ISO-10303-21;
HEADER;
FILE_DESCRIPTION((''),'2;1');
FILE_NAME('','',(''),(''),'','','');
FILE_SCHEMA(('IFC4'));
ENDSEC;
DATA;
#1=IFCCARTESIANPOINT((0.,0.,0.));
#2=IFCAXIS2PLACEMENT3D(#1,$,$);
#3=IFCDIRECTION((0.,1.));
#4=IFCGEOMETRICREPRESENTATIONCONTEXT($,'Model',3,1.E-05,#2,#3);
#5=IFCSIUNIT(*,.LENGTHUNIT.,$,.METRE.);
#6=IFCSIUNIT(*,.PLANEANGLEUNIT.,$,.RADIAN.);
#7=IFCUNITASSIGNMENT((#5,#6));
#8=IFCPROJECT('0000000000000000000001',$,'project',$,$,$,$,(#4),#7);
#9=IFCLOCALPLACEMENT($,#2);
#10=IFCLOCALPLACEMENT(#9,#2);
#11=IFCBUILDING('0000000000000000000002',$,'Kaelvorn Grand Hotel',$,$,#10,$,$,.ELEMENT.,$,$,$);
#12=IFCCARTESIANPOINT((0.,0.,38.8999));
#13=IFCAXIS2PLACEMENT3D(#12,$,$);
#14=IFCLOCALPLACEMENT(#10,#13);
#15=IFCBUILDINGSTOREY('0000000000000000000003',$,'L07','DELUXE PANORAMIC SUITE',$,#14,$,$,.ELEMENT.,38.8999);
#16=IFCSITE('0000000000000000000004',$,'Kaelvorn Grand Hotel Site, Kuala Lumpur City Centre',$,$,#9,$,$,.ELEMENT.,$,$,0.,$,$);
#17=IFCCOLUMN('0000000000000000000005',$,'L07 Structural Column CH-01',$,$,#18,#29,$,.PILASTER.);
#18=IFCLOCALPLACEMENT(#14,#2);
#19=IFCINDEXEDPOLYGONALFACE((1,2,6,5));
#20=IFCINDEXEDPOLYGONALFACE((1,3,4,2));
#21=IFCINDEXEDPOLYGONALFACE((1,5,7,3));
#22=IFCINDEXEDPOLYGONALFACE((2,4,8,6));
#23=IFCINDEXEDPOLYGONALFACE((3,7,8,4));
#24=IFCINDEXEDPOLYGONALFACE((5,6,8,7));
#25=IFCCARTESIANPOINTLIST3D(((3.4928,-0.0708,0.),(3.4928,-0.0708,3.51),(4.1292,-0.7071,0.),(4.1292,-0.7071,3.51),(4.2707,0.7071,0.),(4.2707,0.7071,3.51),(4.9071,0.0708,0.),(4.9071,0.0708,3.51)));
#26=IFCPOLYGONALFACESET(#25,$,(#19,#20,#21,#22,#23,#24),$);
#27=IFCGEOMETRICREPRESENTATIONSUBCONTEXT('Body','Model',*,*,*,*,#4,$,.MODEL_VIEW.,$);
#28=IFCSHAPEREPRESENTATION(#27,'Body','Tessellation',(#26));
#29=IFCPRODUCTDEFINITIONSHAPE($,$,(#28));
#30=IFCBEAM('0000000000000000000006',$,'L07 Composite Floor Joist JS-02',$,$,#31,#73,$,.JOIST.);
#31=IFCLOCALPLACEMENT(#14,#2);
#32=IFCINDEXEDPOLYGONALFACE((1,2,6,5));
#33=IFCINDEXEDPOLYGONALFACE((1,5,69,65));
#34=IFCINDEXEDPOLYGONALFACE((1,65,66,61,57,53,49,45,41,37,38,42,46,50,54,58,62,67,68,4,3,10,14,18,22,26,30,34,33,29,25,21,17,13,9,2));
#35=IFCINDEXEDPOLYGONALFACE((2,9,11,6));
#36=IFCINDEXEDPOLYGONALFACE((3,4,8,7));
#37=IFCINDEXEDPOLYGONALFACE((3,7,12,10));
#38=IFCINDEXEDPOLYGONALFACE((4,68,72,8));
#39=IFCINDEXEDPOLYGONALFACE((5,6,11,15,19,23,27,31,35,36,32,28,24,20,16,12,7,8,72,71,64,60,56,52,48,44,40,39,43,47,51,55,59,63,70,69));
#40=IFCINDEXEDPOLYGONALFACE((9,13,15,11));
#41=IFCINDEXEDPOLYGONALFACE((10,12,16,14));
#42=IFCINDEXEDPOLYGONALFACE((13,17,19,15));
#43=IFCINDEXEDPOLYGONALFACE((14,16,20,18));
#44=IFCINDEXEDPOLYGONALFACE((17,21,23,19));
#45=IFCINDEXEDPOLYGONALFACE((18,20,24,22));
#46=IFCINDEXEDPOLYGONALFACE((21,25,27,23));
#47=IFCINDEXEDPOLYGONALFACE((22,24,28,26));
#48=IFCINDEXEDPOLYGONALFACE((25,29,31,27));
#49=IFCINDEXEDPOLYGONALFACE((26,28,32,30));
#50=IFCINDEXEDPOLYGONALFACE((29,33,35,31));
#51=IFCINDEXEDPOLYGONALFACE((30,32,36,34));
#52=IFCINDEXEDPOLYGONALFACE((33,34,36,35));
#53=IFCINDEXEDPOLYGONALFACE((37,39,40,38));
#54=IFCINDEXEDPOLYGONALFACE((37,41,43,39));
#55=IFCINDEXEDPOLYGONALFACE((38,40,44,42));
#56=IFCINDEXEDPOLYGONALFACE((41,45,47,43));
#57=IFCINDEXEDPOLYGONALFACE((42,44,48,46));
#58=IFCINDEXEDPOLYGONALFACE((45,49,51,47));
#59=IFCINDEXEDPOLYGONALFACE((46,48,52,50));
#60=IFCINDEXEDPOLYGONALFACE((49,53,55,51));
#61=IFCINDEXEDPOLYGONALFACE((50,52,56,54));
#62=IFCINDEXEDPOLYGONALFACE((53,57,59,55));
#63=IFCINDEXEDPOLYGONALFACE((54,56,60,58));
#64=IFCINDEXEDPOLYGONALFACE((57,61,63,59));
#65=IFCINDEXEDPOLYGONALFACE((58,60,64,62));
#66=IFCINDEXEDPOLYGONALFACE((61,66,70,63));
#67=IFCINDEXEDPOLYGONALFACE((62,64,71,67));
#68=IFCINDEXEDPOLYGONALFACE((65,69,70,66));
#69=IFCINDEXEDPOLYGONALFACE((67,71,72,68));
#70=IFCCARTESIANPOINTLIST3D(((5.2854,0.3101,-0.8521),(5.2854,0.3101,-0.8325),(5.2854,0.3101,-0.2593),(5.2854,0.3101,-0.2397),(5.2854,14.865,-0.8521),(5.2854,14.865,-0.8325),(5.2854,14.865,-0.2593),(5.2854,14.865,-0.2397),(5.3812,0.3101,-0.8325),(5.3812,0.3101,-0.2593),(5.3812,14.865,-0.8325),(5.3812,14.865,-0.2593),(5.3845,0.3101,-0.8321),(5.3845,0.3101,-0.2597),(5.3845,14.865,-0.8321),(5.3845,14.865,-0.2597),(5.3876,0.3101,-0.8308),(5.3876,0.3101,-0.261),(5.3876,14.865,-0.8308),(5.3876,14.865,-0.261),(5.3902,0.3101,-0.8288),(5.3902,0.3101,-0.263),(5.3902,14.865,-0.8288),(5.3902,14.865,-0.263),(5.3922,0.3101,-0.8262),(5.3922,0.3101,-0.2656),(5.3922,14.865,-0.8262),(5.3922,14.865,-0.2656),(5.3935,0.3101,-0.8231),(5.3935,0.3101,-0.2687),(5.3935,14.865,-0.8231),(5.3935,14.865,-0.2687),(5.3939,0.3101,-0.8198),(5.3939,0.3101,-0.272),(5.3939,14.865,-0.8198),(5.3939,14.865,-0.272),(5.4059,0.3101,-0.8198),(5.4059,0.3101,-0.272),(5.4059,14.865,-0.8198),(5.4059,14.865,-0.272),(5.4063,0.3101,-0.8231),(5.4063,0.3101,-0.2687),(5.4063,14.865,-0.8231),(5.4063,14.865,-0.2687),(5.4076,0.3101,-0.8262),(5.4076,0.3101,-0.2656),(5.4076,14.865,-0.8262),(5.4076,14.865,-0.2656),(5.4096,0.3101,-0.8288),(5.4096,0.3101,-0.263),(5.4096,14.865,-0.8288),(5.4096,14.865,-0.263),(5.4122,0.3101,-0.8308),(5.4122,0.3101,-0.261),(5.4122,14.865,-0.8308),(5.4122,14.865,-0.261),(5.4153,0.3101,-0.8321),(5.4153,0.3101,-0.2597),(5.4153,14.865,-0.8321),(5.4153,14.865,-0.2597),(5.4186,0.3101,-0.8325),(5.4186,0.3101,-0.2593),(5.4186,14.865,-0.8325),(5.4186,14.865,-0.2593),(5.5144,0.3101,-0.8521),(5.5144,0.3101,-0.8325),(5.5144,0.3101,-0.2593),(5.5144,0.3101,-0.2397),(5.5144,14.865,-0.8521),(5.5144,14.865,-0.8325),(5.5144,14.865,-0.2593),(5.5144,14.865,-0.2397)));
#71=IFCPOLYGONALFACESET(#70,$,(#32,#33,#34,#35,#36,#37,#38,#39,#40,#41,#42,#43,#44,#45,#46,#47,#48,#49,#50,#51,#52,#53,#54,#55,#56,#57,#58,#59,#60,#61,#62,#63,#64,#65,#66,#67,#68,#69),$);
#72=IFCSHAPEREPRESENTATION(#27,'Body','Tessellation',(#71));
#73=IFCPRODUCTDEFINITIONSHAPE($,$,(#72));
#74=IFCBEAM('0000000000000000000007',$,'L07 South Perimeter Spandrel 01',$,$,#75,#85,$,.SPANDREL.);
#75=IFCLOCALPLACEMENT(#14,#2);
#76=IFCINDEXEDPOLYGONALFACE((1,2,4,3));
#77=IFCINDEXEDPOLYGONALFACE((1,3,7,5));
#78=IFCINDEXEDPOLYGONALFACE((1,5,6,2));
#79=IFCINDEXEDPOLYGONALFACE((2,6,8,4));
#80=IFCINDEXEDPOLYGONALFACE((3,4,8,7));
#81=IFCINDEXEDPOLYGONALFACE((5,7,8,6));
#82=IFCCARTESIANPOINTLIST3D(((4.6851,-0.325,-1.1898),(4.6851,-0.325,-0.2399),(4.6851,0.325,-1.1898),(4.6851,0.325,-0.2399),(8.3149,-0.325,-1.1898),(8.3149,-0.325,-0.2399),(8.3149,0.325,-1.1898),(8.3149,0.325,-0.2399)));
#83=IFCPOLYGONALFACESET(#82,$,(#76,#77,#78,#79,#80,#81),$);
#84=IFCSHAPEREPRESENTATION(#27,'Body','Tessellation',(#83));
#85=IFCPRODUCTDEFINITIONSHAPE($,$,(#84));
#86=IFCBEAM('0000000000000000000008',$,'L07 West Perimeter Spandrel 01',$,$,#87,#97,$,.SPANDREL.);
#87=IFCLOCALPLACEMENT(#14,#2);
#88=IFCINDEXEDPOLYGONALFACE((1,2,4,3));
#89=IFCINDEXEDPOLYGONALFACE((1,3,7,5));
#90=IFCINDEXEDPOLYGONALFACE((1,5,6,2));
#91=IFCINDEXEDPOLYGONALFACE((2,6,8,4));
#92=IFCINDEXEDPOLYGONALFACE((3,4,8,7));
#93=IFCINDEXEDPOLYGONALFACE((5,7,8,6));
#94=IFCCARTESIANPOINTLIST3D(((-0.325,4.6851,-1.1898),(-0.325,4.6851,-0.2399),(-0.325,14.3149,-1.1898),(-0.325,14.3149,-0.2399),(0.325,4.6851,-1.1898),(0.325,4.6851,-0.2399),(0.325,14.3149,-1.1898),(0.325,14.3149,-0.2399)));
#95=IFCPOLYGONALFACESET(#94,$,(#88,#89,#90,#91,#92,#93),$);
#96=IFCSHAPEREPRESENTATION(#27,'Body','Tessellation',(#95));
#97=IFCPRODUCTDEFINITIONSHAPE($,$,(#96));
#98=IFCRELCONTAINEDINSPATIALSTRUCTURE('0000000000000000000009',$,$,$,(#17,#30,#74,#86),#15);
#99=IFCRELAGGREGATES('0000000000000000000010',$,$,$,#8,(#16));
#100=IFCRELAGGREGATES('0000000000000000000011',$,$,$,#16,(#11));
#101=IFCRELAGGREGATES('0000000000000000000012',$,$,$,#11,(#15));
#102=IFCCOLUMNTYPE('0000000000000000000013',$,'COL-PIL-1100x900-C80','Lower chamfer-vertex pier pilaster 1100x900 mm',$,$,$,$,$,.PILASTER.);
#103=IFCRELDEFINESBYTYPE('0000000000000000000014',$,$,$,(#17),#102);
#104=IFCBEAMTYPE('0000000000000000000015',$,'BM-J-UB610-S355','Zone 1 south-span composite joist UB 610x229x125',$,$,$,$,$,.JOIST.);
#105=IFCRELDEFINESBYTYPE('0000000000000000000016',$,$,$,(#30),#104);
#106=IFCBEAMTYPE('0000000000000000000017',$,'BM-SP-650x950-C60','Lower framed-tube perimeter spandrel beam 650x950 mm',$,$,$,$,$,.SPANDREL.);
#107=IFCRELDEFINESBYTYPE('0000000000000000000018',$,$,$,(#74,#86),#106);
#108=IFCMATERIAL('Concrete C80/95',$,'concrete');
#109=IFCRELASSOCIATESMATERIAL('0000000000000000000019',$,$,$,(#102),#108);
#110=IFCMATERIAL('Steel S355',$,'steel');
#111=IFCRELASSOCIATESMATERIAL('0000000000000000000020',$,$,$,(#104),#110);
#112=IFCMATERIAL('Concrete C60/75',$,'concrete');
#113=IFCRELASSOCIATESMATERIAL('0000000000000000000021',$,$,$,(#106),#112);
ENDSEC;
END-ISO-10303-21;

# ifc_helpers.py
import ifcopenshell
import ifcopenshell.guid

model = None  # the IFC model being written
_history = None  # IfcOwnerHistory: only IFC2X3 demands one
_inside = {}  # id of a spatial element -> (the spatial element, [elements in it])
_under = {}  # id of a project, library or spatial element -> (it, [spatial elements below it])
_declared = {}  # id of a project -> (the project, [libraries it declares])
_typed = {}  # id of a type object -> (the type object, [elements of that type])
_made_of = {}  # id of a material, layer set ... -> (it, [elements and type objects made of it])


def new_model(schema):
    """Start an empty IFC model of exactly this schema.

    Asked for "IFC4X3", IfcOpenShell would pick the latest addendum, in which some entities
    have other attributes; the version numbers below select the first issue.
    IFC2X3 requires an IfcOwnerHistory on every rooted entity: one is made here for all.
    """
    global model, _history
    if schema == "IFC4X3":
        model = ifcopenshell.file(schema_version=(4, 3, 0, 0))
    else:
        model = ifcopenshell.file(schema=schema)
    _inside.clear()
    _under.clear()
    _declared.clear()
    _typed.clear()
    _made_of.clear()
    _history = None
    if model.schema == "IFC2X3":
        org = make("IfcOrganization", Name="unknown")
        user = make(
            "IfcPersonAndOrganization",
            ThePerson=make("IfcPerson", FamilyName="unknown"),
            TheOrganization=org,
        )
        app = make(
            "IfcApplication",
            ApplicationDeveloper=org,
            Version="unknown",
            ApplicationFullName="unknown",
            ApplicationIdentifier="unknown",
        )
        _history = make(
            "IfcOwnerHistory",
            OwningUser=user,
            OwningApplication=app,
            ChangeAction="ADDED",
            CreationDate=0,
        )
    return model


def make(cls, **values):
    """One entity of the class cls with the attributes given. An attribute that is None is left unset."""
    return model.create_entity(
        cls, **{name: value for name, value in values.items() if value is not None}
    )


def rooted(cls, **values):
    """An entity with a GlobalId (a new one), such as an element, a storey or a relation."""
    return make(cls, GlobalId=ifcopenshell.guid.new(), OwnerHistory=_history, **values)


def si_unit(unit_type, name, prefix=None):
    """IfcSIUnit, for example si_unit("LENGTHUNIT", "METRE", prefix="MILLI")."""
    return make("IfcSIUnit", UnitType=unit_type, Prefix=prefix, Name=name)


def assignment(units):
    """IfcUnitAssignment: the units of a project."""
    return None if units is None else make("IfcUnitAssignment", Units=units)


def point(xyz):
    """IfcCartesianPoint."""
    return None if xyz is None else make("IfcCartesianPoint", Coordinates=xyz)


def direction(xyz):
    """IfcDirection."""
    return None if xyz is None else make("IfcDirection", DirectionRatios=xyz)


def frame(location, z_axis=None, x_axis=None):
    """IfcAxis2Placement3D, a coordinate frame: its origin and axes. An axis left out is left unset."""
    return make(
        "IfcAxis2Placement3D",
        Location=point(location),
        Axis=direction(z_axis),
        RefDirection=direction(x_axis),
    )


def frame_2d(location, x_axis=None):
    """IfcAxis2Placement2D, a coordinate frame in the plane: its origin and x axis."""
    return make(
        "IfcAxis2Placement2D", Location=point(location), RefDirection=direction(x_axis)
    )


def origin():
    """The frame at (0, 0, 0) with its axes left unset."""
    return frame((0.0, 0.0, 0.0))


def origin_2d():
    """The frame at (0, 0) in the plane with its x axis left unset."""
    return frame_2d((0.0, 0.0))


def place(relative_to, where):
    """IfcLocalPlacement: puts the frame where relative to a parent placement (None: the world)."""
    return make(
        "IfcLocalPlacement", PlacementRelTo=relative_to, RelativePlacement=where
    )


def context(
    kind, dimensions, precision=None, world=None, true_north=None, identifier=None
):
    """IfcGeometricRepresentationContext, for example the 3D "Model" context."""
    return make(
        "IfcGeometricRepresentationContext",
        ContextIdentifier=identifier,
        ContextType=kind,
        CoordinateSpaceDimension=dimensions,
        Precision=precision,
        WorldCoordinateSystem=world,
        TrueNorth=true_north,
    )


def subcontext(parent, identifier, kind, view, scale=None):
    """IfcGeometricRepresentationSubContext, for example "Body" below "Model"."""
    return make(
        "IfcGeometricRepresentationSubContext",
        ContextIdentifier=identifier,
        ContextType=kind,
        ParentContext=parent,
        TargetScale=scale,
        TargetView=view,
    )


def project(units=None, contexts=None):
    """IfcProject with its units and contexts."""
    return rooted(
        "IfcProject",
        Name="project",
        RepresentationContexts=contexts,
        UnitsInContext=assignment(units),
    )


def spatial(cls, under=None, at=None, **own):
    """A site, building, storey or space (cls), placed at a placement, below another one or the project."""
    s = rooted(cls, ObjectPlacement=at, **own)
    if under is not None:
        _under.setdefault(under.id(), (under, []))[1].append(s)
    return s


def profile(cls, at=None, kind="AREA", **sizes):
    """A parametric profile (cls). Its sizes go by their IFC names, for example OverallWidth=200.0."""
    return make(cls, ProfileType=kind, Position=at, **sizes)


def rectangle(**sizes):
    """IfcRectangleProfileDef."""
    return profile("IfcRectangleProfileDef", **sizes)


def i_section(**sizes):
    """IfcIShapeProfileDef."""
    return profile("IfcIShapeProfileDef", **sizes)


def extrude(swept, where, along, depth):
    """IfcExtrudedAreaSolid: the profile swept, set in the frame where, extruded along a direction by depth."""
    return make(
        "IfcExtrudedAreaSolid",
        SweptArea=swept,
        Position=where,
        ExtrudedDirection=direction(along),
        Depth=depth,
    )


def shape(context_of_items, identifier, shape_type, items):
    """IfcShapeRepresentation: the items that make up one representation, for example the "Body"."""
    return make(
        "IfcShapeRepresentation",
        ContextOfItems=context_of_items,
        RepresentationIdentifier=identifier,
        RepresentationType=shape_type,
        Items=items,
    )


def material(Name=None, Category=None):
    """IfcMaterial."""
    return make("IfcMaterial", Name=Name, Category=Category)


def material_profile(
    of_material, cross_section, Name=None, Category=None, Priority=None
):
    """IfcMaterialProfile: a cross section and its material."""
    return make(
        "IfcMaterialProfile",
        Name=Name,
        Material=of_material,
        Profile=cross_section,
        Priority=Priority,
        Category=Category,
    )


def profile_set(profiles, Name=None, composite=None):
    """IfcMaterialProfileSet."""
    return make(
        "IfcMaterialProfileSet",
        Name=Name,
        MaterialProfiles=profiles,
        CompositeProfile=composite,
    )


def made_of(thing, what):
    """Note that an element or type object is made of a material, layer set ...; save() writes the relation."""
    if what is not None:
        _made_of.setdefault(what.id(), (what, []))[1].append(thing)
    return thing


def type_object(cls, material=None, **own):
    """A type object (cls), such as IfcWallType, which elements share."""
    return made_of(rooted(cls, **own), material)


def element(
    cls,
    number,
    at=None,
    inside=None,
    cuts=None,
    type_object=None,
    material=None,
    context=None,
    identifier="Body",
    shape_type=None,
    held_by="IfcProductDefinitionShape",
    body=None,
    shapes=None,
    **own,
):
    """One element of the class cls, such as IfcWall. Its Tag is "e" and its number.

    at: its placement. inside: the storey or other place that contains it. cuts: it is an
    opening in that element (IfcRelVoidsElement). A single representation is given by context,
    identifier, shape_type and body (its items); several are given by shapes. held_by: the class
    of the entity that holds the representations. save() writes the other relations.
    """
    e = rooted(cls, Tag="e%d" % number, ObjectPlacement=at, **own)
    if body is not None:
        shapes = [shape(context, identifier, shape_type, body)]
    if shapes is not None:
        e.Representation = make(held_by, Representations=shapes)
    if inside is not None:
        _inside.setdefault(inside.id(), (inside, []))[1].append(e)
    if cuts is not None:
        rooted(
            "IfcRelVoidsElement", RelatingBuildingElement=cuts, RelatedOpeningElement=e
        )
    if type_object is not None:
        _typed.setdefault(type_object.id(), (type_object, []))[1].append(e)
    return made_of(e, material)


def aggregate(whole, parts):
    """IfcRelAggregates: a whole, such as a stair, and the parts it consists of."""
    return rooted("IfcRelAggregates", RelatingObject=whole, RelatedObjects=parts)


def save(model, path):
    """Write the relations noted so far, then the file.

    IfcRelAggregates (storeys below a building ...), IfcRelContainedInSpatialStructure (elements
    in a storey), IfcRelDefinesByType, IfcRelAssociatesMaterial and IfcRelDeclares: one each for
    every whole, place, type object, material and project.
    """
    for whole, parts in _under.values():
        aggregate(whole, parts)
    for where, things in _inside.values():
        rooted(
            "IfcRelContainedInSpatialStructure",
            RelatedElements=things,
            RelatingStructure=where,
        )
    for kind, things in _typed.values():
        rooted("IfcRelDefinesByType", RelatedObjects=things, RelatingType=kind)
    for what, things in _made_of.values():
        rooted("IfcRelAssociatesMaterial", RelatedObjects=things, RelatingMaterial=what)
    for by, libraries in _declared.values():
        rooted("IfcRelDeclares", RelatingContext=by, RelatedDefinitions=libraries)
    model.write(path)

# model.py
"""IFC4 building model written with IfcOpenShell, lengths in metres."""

from ifc_helpers import new_model, si_unit, direction, frame, origin, origin_2d, place, context, subcontext, project, spatial, rectangle, i_section, extrude, material, material_profile, profile_set, type_object, element, save


model = new_model("IFC4")

# Units and contexts
model_context = context("Model", 3, precision=1e-05, world=origin(), true_north=direction((0.0, 1.0)))
body_context = subcontext(model_context, "Body", "Model", "MODEL_VIEW")
ifc_project = project(units=[si_unit("LENGTHUNIT", "METRE"), si_unit("PLANEANGLEUNIT", "RADIAN")], contexts=[model_context])

# Site, building, storey
site_placement = place(None, origin())
site = spatial("IfcSite", under=ifc_project, at=site_placement, Name="Kaelvorn Grand Hotel Site, Kuala Lumpur City Centre", CompositionType="ELEMENT", RefElevation=0.0)
building_placement = place(site_placement, origin())
building = spatial("IfcBuilding", under=site, at=building_placement, Name="Kaelvorn Grand Hotel", CompositionType="ELEMENT")
storey_placement = place(building_placement, frame((0.0, 0.0, 38.8999)))
storey = spatial("IfcBuildingStorey", under=building, at=storey_placement, Name="L07", Description="DELUXE PANORAMIC SUITE", CompositionType="ELEMENT", Elevation=38.8999)

# Column
ifc_material_1 = material(Name="Concrete C80/95", Category="concrete")
ifc_material_profile_1 = material_profile(ifc_material_1, rectangle(XDim=1.1001, YDim=0.8999, at=origin_2d()), Name="RC PILASTER 1100x900")
ifc_profile_set_1 = profile_set([ifc_material_profile_1], Name="Concrete C80/95")
column_type = type_object("IfcColumnType", Name="COL-PIL-1100x900-C80", Description="Lower chamfer-vertex pier pilaster 1100x900 mm", PredefinedType="PILASTER", material=ifc_profile_set_1)
column_placement = place(storey_placement, frame((4.2, 0.0, 0.0), z_axis=(0.0, 0.0, 1.0), x_axis=(0.707107, 0.707107, 0.0)))
element("IfcColumn", 1, at=column_placement, inside=storey, type_object=column_type, Name="L07 Structural Column CH-01", PredefinedType="PILASTER", context=body_context, shape_type="SweptSolid", body=[
    extrude(rectangle(XDim=1.1001, YDim=0.8999, at=origin_2d()), origin(), (0.0, 0.0, 1.0), 3.51),
])

# Beams
ifc_material_2 = material(Name="Steel S355", Category="steel")
ifc_material_profile_2 = material_profile(ifc_material_2, i_section(OverallWidth=0.229, OverallDepth=0.6123, WebThickness=0.012, FlangeThickness=0.0195, FilletRadius=0.0127, at=origin_2d()), Name="UB 610x229x125")
ifc_profile_set_2 = profile_set([ifc_material_profile_2], Name="Steel S355")
beam_type_1 = type_object("IfcBeamType", Name="BM-J-UB610-S355", Description="Zone 1 south-span composite joist UB 610x229x125", PredefinedType="JOIST", material=ifc_profile_set_2)
beam_1_placement = place(storey_placement, frame((5.3999, 0.3101, -0.5459), z_axis=(0.0, 1.0, 0.0), x_axis=(-1.0, 0.0, 0.0)))
element("IfcBeam", 2, at=beam_1_placement, inside=storey, type_object=beam_type_1, Name="L07 Composite Floor Joist JS-02", PredefinedType="JOIST", context=body_context, shape_type="SweptSolid", body=[
    extrude(i_section(OverallWidth=0.229, OverallDepth=0.6123, WebThickness=0.012, FlangeThickness=0.0195, FilletRadius=0.0127, at=origin_2d()), origin(), (0.0, 0.0, 1.0), 14.5549),
])
ifc_material_3 = material(Name="Concrete C60/75", Category="concrete")
ifc_material_profile_3 = material_profile(ifc_material_3, rectangle(XDim=0.6499, YDim=0.95, at=origin_2d()), Name="RC SPANDREL 650x950")
ifc_profile_set_3 = profile_set([ifc_material_profile_3], Name="Concrete C60/75")
beam_type_2 = type_object("IfcBeamType", Name="BM-SP-650x950-C60", Description="Lower framed-tube perimeter spandrel beam 650x950 mm", PredefinedType="SPANDREL", material=ifc_profile_set_3)
beam_2_placement = place(storey_placement, frame((4.6851, 0.0, -0.7148), z_axis=(1.0, 0.0, 0.0), x_axis=(0.0, 1.0, 0.0)))
element("IfcBeam", 3, at=beam_2_placement, inside=storey, type_object=beam_type_2, Name="L07 South Perimeter Spandrel 01", PredefinedType="SPANDREL", context=body_context, shape_type="SweptSolid", body=[
    extrude(rectangle(XDim=0.6499, YDim=0.95, at=origin_2d()), origin(), (0.0, 0.0, 1.0), 3.6299),
])
beam_3_placement = place(storey_placement, frame((0.0, 4.6851, -0.7148), z_axis=(0.0, 1.0, 0.0), x_axis=(-1.0, 0.0, 0.0)))
element("IfcBeam", 4, at=beam_3_placement, inside=storey, type_object=beam_type_2, Name="L07 West Perimeter Spandrel 01", PredefinedType="SPANDREL", context=body_context, shape_type="SweptSolid", body=[
    extrude(rectangle(XDim=0.6499, YDim=0.95, at=origin_2d()), origin(), (0.0, 0.0, 1.0), 9.6299),
])

save(model, "model.ifc")
